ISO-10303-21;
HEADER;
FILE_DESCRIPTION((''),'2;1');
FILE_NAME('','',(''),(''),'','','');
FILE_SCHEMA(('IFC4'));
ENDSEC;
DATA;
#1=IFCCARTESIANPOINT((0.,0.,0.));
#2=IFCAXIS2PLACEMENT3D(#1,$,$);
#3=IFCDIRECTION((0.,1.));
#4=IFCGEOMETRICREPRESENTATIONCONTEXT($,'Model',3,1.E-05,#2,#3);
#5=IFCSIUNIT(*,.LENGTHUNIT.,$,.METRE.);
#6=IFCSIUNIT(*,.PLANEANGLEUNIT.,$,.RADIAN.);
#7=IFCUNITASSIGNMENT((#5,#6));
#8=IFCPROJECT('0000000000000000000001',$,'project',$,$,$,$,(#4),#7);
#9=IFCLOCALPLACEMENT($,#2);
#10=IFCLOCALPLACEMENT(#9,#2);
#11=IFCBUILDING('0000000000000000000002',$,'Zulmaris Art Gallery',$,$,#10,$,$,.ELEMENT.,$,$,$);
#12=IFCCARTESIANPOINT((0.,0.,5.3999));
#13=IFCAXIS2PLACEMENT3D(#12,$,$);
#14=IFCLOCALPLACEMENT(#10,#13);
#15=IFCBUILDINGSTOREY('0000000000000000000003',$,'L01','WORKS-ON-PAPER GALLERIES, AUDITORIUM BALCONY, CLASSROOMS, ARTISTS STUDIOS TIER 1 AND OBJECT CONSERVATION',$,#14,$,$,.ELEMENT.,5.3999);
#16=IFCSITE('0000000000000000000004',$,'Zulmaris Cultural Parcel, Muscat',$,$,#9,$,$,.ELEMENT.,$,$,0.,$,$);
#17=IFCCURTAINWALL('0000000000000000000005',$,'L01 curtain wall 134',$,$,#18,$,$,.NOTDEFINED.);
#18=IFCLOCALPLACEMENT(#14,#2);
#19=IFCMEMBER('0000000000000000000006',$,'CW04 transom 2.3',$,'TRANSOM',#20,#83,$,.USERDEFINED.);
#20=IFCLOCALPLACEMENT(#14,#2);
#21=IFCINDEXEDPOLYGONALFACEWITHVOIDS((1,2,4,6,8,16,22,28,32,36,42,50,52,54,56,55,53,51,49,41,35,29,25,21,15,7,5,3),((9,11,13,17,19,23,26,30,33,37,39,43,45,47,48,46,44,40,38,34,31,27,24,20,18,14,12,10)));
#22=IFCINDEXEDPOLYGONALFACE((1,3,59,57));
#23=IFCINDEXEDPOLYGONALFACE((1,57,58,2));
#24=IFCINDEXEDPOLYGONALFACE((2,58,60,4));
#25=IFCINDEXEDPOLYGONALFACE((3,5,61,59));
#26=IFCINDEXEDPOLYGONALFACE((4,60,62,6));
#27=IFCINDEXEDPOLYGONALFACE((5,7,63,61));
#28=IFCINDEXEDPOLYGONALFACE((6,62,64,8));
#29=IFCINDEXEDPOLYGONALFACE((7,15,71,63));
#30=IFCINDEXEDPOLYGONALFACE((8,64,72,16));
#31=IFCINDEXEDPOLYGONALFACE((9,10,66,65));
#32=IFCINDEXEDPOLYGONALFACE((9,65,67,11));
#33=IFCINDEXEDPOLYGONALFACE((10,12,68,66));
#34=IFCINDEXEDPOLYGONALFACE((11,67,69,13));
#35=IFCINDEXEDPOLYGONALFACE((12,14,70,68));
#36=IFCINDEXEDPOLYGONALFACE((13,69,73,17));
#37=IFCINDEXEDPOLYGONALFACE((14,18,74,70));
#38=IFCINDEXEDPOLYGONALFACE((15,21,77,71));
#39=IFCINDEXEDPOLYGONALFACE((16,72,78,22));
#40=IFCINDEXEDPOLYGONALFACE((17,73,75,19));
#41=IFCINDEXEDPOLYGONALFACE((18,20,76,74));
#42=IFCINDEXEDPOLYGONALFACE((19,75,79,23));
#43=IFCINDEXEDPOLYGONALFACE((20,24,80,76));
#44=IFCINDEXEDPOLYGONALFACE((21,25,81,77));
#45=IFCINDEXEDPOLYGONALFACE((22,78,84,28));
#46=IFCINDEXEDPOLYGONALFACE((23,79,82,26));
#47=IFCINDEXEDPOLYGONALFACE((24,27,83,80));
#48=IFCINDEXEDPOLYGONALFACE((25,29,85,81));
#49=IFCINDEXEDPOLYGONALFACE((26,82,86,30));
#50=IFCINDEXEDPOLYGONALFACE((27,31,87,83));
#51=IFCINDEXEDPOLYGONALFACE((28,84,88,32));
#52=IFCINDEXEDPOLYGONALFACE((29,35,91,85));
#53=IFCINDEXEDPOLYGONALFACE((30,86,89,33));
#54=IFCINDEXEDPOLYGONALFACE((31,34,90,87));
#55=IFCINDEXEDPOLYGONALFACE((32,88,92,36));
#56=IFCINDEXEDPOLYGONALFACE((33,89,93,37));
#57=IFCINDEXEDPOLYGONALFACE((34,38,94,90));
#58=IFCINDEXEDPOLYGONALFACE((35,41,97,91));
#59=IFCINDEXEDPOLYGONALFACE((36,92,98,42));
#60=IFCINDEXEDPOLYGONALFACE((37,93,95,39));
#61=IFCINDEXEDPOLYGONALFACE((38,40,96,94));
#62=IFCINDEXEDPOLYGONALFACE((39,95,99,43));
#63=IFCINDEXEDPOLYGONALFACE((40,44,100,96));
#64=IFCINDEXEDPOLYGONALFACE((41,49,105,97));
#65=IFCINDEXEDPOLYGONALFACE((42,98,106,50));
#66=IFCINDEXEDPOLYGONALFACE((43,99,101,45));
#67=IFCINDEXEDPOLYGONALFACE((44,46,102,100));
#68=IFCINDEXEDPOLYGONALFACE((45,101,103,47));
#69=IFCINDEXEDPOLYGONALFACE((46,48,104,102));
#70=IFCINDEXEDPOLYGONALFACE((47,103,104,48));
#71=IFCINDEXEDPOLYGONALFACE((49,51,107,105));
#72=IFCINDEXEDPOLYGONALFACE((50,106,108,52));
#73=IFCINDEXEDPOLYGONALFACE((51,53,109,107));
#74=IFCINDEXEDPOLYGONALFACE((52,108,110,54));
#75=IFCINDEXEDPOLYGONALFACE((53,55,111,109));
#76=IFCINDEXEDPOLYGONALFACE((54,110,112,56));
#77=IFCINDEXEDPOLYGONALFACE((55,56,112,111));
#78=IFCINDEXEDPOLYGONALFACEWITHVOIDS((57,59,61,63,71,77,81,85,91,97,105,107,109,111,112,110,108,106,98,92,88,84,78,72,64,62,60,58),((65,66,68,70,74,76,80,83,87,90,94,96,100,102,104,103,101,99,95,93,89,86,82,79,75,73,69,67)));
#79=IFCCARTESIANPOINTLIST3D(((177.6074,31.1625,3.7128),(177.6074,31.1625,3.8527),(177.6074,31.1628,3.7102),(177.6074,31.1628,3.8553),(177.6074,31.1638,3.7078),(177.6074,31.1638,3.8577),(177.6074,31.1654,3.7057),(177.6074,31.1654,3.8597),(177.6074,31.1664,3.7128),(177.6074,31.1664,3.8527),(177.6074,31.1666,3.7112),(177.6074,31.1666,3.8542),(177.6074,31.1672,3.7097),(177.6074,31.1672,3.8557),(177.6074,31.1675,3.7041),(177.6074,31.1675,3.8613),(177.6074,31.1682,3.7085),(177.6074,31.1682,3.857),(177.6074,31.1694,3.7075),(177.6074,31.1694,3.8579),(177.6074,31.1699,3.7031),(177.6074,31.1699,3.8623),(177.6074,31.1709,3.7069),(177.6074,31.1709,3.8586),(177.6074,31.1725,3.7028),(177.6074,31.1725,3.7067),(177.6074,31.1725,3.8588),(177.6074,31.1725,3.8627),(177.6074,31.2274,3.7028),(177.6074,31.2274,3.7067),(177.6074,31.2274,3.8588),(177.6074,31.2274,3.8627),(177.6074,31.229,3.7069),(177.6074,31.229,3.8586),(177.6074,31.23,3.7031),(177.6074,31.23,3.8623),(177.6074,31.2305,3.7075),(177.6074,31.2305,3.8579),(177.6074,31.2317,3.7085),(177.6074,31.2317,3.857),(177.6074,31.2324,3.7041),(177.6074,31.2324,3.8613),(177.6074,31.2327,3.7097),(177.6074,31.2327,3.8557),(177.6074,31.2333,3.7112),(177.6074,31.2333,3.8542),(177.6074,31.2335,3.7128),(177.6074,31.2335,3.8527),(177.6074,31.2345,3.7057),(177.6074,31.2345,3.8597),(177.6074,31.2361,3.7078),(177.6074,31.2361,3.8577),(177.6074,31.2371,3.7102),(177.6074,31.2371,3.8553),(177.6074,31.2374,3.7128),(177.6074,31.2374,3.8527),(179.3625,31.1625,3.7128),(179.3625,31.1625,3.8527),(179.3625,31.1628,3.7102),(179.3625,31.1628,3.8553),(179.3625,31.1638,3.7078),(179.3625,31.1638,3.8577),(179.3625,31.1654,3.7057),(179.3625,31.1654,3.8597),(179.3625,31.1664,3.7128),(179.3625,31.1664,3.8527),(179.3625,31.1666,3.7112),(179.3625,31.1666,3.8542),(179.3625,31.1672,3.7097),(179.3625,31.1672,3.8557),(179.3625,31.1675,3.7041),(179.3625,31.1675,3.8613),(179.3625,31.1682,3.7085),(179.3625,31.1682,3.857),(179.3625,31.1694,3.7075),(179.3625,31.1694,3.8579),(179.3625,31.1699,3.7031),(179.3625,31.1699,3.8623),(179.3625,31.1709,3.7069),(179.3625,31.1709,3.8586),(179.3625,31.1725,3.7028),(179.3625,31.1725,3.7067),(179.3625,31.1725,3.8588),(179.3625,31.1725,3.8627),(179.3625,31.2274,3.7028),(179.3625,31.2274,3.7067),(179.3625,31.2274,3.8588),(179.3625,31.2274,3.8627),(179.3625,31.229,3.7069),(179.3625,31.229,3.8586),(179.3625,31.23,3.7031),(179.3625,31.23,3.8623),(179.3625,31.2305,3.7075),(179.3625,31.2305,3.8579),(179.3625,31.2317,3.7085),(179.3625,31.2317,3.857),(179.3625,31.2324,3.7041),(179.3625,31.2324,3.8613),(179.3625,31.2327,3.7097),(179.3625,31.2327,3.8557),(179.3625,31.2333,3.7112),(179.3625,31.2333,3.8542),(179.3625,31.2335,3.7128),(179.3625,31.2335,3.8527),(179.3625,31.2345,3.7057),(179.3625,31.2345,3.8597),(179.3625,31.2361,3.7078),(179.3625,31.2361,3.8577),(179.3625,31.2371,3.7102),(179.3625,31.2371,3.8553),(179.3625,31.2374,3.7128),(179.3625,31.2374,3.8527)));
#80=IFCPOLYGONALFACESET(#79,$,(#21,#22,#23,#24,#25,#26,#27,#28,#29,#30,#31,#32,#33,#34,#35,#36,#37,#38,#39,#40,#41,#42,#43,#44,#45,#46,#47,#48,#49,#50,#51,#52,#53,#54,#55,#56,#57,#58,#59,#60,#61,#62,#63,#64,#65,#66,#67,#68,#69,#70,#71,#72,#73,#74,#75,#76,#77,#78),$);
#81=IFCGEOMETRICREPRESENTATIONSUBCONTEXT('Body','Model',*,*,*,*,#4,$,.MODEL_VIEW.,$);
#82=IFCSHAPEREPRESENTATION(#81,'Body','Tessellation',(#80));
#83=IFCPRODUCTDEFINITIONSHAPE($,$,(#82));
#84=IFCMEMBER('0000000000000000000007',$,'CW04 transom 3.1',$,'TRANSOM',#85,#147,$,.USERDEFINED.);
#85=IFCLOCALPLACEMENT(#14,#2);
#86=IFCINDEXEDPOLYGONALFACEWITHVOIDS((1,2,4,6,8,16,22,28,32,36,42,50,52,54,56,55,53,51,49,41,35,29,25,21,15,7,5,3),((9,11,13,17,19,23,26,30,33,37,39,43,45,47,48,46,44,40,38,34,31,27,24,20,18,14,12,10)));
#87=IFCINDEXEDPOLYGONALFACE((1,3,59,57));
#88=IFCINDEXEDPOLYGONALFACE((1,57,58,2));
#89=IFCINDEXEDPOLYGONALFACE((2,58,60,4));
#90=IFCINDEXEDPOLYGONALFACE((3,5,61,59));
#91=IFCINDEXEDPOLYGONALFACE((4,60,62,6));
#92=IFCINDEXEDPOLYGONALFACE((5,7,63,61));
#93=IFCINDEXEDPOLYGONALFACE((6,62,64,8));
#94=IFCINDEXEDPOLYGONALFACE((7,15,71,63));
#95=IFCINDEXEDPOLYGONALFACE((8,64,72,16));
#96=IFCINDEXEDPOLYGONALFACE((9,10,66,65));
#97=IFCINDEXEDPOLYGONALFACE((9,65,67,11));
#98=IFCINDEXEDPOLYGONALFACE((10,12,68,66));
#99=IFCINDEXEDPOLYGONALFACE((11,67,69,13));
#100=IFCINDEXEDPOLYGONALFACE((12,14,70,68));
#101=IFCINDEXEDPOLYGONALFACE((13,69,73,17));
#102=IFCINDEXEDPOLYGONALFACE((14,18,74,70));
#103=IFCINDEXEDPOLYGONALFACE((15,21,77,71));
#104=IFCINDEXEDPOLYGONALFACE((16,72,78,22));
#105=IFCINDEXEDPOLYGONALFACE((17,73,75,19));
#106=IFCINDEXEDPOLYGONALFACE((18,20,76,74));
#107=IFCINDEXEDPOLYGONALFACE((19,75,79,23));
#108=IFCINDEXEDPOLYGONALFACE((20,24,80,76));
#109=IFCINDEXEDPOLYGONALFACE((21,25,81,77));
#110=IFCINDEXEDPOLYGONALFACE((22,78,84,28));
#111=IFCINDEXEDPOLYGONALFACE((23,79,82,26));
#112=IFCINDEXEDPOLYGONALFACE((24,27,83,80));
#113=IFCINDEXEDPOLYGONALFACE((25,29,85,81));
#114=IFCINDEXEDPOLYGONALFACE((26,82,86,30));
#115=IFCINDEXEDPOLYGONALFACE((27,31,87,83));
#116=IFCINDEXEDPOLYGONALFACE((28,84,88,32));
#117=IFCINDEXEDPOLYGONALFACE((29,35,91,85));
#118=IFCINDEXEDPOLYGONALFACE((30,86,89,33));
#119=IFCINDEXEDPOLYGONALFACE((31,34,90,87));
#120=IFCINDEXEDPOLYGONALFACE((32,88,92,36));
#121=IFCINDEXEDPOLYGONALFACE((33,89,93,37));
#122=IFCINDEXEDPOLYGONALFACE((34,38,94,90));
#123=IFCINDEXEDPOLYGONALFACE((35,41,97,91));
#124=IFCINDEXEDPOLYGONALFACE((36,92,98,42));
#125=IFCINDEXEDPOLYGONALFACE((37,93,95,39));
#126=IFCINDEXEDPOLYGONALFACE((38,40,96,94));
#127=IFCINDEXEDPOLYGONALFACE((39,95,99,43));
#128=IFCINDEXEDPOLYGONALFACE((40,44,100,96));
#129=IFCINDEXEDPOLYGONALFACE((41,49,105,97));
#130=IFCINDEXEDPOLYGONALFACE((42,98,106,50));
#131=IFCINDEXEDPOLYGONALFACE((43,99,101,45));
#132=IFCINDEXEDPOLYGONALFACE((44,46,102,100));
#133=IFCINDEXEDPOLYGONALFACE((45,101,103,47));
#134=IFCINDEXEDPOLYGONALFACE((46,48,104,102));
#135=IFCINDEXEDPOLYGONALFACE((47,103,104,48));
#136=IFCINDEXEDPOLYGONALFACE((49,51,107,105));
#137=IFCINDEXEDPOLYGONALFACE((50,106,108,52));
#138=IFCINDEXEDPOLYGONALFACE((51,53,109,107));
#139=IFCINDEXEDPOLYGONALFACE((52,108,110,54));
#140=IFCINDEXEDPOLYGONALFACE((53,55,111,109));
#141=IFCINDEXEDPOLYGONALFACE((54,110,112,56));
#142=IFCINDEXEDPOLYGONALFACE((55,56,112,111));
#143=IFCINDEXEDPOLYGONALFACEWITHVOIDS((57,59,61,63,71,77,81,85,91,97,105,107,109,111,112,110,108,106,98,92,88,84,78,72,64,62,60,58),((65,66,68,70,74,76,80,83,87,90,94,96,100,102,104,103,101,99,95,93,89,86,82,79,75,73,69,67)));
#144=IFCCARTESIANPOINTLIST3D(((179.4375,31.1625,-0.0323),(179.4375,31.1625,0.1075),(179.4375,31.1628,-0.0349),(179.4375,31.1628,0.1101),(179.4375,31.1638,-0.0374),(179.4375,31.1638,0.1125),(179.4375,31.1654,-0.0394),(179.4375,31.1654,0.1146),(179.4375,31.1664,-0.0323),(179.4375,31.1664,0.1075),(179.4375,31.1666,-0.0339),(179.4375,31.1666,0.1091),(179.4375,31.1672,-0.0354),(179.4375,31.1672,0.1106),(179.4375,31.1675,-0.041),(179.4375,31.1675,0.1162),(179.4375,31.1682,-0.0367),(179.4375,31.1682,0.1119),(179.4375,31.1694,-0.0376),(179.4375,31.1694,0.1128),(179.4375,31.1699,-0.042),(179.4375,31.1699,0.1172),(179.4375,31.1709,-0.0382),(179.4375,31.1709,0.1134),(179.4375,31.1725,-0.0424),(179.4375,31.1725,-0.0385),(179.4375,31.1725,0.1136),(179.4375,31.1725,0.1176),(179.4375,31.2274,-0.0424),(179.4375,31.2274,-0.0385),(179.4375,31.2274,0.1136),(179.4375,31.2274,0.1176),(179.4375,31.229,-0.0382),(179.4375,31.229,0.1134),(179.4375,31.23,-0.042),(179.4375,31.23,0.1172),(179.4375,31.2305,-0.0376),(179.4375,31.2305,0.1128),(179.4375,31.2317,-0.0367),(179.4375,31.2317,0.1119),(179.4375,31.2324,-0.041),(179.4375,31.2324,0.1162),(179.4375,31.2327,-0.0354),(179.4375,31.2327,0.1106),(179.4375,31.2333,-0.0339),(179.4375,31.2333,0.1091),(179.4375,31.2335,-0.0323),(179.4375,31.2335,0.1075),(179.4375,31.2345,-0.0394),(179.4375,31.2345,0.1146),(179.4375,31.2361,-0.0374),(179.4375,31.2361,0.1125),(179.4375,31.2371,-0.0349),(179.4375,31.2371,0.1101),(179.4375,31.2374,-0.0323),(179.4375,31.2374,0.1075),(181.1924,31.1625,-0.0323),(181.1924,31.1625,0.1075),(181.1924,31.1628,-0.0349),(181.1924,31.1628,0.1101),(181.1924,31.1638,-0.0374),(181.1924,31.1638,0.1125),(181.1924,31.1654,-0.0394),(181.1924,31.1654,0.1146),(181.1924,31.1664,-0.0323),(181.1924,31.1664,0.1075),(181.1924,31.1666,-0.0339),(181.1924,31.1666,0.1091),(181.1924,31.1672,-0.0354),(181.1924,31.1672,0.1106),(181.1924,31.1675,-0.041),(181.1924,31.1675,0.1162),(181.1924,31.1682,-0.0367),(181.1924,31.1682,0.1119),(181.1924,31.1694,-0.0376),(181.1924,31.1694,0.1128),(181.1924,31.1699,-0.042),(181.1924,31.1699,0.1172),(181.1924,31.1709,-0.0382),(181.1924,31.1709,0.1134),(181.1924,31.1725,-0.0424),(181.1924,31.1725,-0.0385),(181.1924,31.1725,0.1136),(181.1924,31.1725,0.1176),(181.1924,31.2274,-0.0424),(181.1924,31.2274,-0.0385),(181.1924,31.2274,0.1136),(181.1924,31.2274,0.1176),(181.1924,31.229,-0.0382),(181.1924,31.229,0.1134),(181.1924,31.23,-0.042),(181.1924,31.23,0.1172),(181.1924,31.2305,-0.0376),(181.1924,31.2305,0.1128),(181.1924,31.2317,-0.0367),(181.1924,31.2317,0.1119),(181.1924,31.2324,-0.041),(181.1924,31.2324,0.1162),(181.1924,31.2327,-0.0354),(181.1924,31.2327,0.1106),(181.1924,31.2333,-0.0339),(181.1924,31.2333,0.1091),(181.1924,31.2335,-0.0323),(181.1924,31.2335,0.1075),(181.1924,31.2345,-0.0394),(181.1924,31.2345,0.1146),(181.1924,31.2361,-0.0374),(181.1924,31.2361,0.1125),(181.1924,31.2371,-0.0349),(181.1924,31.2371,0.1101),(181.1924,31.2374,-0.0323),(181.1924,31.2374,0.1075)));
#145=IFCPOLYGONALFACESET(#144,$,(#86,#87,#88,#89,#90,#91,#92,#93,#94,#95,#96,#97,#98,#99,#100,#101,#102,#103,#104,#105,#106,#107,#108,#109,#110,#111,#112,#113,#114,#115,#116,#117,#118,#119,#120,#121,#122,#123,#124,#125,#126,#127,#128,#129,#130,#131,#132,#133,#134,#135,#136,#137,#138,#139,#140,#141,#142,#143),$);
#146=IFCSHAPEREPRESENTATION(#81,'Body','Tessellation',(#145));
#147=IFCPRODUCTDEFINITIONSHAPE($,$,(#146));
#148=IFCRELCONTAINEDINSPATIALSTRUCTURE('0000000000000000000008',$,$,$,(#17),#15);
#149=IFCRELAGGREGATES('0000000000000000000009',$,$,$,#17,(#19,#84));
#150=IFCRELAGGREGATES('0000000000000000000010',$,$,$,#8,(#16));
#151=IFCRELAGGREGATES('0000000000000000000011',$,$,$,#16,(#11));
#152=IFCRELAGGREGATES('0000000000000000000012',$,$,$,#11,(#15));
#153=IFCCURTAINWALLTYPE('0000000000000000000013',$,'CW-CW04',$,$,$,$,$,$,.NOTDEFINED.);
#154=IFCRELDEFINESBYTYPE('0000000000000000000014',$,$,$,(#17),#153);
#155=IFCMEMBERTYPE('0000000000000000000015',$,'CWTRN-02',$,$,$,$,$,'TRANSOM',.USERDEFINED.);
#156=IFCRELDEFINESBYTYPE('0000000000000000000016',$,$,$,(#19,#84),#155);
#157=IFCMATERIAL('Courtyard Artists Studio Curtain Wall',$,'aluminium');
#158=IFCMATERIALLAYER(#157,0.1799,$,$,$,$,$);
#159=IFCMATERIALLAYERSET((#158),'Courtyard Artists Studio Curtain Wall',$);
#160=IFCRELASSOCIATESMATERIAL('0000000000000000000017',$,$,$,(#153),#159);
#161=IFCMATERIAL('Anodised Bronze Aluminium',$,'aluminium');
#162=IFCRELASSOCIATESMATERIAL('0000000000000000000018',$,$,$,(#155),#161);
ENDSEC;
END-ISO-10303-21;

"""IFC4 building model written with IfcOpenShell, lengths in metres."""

from ifc_helpers import new_model, si_unit, direction, frame, origin, origin_2d, place, context, subcontext, project, spatial, hollow_rectangle, extrude, material, layer, layer_set, material_profile, profile_set, type_object, element, aggregate, save


model = new_model("IFC4")

# Units and contexts
model_context = context("Model", 3, precision=1e-05, world=origin(), true_north=direction((0.0, 1.0)))
body_context = subcontext(model_context, "Body", "Model", "MODEL_VIEW")
ifc_project = project(units=[si_unit("LENGTHUNIT", "METRE"), si_unit("PLANEANGLEUNIT", "RADIAN")], contexts=[model_context])

# Site, building, storey
site_placement = place(None, origin())
site = spatial("IfcSite", under=ifc_project, at=site_placement, Name="Zulmaris Cultural Parcel, Muscat", CompositionType="ELEMENT", RefElevation=0.0)
building_placement = place(site_placement, origin())
building = spatial("IfcBuilding", under=site, at=building_placement, Name="Zulmaris Art Gallery", CompositionType="ELEMENT")
storey_placement = place(building_placement, frame((0.0, 0.0, 5.3999)))
storey = spatial("IfcBuildingStorey", under=building, at=storey_placement, Name="L01", Description="WORKS-ON-PAPER GALLERIES, AUDITORIUM BALCONY, CLASSROOMS, ARTISTS STUDIOS TIER 1 AND OBJECT CONSERVATION", CompositionType="ELEMENT", Elevation=5.3999)

# Shared definitions
ifc_material_1 = material(Name="Courtyard Artists Studio Curtain Wall", Category="aluminium")
ifc_layer_1 = layer(ifc_material_1, 0.1799)
ifc_layer_set_1 = layer_set([ifc_layer_1], Name="Courtyard Artists Studio Curtain Wall")
curtain_wall_type = type_object("IfcCurtainWallType", Name="CW-CW04", PredefinedType="NOTDEFINED", material=ifc_layer_set_1)
ifc_material_2 = material(Name="Anodised Bronze Aluminium", Category="aluminium")

# Curtain wall
curtain_wall_1_placement = place(storey_placement, origin())
curtain_wall_1 = element("IfcCurtainWall", 1, at=curtain_wall_1_placement, inside=storey, type_object=curtain_wall_type, Name="L01 curtain wall 134", PredefinedType="NOTDEFINED")

# Members
ifc_material_profile_1 = material_profile(ifc_material_2, hollow_rectangle(XDim=0.075, YDim=0.1599, WallThickness=0.0039, InnerFilletRadius=0.0061, OuterFilletRadius=0.01, at=origin_2d()), Name="ALU 75x160x4")
ifc_profile_set_1 = profile_set([ifc_material_profile_1], Name="Anodised Bronze Aluminium")
member_type_1 = type_object("IfcMemberType", Name="CWTRN-02", ElementType="TRANSOM", PredefinedType="USERDEFINED", material=ifc_profile_set_1)
member_1_placement = place(storey_placement, frame((177.6074, 31.2, 3.7827), z_axis=(1.0, 0.0, 0.0), x_axis=(0.0, 1.0, 0.0)))
member_1 = element("IfcMember", 2, at=member_1_placement, type_object=member_type_1, Name="CW04 transom 2.3", ObjectType="TRANSOM", PredefinedType="USERDEFINED", context=body_context, shape_type="SweptSolid", body=[
    extrude(hollow_rectangle(XDim=0.075, YDim=0.1599, WallThickness=0.0039, InnerFilletRadius=0.0061, OuterFilletRadius=0.01, at=origin_2d()), origin(), (0.0, 0.0, 1.0), 1.7551),
])
member_2_placement = place(storey_placement, frame((179.4375, 31.2, 0.0376), z_axis=(1.0, 0.0, 0.0), x_axis=(0.0, 1.0, 0.0)))
member_2 = element("IfcMember", 3, at=member_2_placement, type_object=member_type_1, Name="CW04 transom 3.1", ObjectType="TRANSOM", PredefinedType="USERDEFINED", context=body_context, shape_type="SweptSolid", body=[
    extrude(hollow_rectangle(XDim=0.075, YDim=0.1599, WallThickness=0.0039, InnerFilletRadius=0.0061, OuterFilletRadius=0.01, at=origin_2d()), origin(), (0.0, 0.0, 1.0), 1.7549),
])

aggregate(curtain_wall_1, [member_1, member_2])

save(model, "model.ifc")
